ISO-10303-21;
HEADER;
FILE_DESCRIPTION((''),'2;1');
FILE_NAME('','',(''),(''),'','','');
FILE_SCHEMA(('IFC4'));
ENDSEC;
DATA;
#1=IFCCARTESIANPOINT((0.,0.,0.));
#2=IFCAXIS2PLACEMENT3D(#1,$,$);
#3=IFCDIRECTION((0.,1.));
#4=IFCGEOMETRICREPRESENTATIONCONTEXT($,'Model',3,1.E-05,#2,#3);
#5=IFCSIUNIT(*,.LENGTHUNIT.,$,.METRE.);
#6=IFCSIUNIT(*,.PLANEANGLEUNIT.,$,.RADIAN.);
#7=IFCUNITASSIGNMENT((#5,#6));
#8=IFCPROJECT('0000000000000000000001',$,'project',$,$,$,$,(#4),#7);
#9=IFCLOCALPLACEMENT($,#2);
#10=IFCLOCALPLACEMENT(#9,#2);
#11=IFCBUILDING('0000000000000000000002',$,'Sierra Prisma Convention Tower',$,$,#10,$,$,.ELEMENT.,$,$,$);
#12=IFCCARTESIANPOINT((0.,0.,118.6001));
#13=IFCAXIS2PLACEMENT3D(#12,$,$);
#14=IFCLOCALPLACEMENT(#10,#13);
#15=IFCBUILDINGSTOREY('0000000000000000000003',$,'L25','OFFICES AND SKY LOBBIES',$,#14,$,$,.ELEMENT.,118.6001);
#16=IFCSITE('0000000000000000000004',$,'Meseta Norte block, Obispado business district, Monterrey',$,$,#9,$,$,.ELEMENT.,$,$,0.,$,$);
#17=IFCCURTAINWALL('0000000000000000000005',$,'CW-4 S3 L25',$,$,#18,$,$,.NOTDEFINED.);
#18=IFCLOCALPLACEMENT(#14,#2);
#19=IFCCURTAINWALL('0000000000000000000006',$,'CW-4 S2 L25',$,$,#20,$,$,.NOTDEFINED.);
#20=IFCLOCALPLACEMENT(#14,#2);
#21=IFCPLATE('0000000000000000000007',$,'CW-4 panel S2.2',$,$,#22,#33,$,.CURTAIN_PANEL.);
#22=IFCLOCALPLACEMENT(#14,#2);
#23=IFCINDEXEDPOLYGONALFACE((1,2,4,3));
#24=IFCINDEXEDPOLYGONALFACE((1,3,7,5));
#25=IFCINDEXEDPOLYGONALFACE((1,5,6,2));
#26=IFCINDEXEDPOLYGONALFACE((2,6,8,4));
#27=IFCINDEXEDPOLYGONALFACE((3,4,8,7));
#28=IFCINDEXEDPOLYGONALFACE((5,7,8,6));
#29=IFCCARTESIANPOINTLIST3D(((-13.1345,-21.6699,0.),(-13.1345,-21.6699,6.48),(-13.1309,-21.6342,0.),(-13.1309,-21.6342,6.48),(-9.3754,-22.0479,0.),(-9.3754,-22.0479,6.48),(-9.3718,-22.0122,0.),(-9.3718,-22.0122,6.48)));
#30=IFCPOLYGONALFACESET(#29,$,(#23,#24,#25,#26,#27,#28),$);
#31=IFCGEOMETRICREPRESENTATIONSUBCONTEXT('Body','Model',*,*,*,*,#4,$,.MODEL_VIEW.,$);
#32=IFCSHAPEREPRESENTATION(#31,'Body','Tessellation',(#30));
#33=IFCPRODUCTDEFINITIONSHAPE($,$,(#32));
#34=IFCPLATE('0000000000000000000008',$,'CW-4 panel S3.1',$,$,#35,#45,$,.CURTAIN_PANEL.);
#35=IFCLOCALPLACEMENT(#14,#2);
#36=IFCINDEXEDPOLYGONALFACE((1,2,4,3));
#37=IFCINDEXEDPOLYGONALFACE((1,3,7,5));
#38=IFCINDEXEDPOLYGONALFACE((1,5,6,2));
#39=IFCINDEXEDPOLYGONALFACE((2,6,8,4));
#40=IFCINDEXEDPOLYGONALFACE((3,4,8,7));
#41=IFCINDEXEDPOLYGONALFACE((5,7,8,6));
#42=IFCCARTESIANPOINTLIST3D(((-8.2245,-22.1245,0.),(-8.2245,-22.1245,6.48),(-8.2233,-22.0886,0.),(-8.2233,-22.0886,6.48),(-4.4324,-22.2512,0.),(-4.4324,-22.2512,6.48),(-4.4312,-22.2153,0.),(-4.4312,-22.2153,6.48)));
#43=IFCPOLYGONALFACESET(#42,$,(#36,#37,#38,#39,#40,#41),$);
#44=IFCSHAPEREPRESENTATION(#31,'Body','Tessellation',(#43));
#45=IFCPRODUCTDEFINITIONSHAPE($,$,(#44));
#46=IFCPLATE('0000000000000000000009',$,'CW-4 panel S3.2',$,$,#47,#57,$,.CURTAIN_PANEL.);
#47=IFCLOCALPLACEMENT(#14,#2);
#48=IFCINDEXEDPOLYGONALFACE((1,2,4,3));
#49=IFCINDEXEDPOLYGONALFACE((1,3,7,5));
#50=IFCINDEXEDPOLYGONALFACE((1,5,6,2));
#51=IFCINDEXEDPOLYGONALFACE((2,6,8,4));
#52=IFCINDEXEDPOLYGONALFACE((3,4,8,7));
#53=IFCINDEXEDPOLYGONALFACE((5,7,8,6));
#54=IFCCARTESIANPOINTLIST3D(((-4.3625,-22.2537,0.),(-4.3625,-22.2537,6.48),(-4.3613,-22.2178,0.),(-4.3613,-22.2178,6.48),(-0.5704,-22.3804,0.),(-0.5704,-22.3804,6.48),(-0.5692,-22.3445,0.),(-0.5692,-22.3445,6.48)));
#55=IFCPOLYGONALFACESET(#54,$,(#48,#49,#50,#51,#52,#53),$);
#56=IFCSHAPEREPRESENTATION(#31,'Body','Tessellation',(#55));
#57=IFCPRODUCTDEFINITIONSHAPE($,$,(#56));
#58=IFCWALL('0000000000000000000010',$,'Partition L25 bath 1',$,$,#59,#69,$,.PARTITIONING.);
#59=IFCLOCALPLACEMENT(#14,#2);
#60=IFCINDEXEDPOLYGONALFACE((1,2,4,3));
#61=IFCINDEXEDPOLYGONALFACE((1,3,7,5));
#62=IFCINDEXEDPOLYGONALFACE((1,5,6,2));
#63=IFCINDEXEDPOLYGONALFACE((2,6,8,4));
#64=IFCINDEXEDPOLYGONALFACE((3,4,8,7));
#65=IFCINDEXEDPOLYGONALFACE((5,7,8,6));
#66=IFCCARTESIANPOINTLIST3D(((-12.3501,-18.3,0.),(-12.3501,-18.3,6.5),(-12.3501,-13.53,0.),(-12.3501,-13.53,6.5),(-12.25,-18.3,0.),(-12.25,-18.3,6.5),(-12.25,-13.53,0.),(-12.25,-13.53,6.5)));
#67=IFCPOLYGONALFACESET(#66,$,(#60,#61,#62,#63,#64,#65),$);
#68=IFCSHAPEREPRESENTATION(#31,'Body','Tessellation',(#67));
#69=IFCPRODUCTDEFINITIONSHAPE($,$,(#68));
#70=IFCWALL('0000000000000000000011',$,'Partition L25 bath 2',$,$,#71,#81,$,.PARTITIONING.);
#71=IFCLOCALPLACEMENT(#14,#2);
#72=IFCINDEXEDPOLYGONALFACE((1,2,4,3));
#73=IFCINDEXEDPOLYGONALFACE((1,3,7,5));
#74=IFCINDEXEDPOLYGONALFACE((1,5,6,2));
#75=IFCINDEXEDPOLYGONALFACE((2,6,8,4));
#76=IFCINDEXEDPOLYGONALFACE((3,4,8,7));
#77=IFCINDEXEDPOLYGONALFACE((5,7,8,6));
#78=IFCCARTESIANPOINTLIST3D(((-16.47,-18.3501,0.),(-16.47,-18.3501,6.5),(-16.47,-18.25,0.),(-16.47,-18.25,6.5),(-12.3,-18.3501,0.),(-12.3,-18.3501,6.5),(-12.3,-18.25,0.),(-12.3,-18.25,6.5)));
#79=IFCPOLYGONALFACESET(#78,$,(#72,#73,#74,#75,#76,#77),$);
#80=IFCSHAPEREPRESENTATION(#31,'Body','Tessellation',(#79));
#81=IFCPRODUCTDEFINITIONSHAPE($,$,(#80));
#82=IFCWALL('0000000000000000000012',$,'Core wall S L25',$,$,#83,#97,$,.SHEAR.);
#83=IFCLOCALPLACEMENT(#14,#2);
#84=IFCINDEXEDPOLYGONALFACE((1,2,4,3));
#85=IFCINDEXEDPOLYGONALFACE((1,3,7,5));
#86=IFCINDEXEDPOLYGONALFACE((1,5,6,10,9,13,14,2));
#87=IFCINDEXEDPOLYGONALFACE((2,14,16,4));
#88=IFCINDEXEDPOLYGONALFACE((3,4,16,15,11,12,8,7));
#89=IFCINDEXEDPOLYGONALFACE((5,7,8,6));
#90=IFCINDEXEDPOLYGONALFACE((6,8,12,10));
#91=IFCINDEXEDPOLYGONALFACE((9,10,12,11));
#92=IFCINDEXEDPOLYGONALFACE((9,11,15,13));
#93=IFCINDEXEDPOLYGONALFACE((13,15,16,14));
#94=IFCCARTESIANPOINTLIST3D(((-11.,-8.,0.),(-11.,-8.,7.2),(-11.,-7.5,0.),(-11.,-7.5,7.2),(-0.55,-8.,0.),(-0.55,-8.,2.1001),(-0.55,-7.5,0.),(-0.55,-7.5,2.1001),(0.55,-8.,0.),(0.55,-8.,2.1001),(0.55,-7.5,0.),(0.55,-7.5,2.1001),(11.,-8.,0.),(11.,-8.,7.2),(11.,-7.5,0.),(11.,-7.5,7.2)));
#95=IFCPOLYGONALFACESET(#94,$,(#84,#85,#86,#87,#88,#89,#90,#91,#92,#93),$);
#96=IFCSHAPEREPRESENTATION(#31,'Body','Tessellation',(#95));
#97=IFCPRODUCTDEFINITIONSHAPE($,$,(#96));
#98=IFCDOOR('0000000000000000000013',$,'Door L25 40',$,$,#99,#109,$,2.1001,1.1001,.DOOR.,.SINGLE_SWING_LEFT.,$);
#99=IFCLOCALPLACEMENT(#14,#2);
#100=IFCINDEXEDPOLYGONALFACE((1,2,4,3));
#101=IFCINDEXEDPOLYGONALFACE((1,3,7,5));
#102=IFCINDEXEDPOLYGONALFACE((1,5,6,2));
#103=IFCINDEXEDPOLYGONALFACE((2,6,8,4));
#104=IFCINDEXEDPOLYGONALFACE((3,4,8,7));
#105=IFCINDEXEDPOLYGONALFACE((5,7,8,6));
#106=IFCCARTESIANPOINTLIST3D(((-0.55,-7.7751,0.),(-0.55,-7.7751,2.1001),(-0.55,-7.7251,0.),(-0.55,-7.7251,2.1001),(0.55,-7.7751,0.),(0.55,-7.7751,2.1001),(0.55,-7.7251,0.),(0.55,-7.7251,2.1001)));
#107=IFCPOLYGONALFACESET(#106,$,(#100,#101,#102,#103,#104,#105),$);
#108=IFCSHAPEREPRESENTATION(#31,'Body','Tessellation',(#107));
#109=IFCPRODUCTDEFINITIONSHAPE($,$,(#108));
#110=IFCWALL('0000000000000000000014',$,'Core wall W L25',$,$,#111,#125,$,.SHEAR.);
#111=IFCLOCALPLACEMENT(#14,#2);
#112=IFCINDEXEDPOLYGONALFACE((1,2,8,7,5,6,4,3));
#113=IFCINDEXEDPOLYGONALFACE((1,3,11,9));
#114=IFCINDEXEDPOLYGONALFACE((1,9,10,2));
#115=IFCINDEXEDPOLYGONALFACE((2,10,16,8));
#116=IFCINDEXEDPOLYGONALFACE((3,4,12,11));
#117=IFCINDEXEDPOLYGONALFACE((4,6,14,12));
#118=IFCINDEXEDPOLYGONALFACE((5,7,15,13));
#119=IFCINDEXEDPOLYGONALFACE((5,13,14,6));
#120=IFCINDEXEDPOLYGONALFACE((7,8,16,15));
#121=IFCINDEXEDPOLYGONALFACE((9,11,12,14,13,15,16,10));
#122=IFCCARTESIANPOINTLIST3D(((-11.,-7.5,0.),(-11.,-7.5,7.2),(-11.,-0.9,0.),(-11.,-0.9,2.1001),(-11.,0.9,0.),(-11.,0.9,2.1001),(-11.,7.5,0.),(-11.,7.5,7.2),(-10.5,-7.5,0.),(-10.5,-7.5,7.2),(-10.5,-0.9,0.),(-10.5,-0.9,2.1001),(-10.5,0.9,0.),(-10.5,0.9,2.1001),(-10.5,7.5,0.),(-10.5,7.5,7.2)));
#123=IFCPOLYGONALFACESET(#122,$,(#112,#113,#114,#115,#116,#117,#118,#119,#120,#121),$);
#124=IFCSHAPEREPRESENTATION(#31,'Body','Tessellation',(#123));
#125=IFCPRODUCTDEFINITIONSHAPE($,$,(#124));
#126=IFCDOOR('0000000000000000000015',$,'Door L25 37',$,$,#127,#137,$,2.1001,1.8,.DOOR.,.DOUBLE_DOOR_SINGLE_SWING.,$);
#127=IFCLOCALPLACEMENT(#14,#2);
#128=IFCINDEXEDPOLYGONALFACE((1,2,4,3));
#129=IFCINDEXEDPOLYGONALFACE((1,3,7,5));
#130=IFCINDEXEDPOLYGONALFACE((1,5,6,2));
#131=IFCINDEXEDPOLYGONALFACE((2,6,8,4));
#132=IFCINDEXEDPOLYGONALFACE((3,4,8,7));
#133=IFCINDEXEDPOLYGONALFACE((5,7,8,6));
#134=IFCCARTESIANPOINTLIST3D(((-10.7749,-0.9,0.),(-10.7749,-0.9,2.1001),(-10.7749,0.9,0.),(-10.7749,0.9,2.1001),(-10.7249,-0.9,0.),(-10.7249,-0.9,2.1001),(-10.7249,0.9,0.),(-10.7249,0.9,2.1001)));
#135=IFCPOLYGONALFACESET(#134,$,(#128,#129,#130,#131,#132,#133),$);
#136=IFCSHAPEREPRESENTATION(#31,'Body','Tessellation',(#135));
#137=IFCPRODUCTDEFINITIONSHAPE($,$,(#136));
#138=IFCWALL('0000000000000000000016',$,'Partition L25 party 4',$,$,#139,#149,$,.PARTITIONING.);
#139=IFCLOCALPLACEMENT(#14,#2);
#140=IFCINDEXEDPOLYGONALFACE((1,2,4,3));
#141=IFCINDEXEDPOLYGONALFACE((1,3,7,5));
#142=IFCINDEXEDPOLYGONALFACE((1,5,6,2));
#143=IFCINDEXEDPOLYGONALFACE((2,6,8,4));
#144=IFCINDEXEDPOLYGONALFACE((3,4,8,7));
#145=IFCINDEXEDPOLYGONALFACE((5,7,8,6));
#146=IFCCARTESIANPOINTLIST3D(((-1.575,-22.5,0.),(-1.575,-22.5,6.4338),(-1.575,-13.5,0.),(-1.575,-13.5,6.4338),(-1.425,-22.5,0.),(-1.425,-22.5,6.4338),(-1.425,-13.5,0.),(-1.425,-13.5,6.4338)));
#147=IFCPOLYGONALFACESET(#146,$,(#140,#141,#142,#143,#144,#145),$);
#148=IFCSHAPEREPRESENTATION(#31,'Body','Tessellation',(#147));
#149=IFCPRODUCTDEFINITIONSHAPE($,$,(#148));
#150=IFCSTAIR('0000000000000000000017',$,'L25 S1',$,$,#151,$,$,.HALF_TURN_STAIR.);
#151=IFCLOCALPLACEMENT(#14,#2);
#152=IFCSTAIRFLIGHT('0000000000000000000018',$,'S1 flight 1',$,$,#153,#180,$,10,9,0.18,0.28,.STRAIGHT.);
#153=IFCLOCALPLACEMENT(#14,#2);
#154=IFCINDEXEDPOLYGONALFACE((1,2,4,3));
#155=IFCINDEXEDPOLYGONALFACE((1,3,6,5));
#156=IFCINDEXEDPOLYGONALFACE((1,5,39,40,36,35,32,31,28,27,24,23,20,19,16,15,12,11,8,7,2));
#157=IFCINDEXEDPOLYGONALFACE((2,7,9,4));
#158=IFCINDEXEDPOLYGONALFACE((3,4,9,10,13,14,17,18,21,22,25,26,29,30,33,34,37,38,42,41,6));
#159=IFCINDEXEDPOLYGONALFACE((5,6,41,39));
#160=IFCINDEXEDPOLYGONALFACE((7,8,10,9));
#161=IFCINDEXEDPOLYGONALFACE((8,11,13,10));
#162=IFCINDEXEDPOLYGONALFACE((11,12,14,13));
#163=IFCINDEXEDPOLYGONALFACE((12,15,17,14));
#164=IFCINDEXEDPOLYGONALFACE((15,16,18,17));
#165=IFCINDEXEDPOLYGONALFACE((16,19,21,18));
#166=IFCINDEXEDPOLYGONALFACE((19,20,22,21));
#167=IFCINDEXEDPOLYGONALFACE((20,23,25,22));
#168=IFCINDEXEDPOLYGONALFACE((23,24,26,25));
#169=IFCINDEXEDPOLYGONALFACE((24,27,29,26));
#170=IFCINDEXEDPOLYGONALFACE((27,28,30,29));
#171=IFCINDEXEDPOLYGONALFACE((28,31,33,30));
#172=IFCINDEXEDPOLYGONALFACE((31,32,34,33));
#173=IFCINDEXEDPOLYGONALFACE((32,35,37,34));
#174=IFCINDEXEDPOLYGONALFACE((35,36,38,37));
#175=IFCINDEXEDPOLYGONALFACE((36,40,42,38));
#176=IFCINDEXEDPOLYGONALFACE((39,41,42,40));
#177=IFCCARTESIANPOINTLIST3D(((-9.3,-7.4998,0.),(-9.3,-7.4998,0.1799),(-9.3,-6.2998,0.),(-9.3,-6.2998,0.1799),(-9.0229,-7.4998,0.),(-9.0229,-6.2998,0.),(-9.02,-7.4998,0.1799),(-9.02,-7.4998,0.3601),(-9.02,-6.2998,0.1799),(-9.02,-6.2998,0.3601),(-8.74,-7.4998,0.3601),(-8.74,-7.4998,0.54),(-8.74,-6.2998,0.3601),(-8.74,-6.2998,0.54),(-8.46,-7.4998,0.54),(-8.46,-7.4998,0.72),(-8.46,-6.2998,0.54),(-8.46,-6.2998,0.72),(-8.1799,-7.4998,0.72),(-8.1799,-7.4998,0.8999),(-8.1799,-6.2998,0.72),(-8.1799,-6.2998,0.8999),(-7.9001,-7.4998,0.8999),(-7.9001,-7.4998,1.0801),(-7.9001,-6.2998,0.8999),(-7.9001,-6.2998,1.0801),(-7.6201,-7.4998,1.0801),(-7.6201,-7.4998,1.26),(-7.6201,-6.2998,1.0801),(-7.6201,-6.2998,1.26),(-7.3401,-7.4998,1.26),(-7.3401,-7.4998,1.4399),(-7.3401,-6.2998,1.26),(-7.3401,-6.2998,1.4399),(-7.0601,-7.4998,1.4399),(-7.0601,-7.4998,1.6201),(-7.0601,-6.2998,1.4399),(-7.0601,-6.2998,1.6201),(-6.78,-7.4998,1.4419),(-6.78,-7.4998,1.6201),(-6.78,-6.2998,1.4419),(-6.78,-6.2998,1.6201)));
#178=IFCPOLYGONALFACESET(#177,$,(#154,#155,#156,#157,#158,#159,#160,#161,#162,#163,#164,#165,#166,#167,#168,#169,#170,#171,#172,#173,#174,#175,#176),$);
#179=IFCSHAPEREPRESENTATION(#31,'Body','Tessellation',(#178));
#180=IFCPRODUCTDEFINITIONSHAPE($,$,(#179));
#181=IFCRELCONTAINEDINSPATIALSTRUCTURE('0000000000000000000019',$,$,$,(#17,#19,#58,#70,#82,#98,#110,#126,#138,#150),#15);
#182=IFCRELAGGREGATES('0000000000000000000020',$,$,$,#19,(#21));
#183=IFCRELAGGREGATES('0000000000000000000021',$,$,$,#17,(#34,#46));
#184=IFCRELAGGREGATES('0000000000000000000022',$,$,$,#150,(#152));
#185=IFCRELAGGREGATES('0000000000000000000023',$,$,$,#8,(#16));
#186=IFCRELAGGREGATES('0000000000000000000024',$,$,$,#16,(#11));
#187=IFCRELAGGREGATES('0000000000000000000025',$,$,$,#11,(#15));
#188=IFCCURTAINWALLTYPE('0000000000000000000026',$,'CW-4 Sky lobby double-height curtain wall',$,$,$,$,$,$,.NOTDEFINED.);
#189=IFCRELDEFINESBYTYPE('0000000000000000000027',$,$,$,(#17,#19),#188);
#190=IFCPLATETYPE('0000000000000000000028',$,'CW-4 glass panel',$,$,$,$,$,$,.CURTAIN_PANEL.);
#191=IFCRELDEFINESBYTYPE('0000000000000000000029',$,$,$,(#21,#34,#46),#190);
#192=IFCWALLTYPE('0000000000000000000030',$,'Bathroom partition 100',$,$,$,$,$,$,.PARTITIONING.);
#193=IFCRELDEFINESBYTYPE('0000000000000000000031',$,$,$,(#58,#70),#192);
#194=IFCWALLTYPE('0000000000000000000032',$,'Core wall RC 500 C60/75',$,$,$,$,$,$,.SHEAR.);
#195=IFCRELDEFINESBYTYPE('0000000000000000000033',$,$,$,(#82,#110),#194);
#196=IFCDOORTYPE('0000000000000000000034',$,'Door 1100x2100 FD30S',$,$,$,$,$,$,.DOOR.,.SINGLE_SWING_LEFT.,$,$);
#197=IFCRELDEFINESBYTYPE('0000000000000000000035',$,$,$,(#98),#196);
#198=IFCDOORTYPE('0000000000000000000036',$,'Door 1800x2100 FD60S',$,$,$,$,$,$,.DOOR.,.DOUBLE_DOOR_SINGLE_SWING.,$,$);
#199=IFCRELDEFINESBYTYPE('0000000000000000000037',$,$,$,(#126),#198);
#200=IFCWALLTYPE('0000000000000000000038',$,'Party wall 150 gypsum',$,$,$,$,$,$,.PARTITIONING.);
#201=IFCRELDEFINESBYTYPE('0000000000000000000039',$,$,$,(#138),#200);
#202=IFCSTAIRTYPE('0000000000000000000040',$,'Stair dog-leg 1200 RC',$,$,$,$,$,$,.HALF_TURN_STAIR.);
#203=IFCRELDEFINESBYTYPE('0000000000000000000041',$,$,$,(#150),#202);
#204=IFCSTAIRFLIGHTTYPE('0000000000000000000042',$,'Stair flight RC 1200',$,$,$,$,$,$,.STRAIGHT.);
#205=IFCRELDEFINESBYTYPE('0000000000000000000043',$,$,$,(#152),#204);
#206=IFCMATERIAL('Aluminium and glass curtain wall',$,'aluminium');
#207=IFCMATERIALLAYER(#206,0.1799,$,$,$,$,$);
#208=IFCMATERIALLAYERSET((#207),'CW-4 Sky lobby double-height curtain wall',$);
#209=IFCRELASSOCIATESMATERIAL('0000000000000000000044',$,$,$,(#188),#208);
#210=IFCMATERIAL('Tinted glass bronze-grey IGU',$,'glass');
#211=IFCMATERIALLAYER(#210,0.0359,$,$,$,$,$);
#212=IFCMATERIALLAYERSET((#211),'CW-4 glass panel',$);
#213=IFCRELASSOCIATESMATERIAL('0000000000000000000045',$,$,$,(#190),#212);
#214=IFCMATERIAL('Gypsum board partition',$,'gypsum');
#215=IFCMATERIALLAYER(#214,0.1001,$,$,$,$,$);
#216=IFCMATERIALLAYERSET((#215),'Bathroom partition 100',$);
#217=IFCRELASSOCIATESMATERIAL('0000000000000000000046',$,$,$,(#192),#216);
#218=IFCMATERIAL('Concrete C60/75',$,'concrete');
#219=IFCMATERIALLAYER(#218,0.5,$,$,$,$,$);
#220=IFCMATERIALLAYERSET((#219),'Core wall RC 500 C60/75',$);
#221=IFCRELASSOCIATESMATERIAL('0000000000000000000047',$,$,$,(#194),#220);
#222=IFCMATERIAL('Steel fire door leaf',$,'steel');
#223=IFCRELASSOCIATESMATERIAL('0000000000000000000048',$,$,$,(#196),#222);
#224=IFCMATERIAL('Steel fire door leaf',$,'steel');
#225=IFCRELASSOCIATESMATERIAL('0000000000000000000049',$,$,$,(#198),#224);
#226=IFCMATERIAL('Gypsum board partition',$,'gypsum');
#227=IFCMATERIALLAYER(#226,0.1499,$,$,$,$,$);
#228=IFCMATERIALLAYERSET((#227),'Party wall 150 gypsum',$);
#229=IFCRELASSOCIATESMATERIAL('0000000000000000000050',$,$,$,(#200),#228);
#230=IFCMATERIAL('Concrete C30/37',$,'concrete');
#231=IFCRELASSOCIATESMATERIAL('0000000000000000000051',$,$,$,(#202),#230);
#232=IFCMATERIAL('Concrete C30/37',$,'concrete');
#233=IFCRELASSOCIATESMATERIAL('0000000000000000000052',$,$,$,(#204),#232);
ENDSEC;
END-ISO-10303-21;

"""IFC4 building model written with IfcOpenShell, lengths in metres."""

from ifc_helpers import new_model, si_unit, direction, frame, frame_2d, origin, origin_2d, place, context, subcontext, project, spatial, polyline, rectangle, outline, extrude, material, layer, layer_set, type_object, element, fill, aggregate, save


model = new_model("IFC4")

# Units and contexts
model_context = context("Model", 3, precision=1e-05, world=origin(), true_north=direction((0.0, 1.0)))
body_context = subcontext(model_context, "Body", "Model", "MODEL_VIEW")
ifc_project = project(units=[si_unit("LENGTHUNIT", "METRE"), si_unit("PLANEANGLEUNIT", "RADIAN")], contexts=[model_context])

# Site, building, storey
site_placement = place(None, origin())
site = spatial("IfcSite", under=ifc_project, at=site_placement, Name="Meseta Norte block, Obispado business district, Monterrey", CompositionType="ELEMENT", RefElevation=0.0)
building_placement = place(site_placement, origin())
building = spatial("IfcBuilding", under=site, at=building_placement, Name="Sierra Prisma Convention Tower", CompositionType="ELEMENT")
storey_placement = place(building_placement, frame((0.0, 0.0, 118.6001)))
storey = spatial("IfcBuildingStorey", under=building, at=storey_placement, Name="L25", Description="OFFICES AND SKY LOBBIES", CompositionType="ELEMENT", Elevation=118.6001)

# Curtain wall
ifc_material_1 = material(Name="Aluminium and glass curtain wall", Category="aluminium")
ifc_layer_1 = layer(ifc_material_1, 0.1799)
ifc_layer_set_1 = layer_set([ifc_layer_1], Name="CW-4 Sky lobby double-height curtain wall")
curtain_wall_type = type_object("IfcCurtainWallType", Name="CW-4 Sky lobby double-height curtain wall", PredefinedType="NOTDEFINED", material=ifc_layer_set_1)
curtain_wall_1_placement = place(storey_placement, origin())
curtain_wall_1 = element("IfcCurtainWall", 1, at=curtain_wall_1_placement, inside=storey, type_object=curtain_wall_type, Name="CW-4 S3 L25", PredefinedType="NOTDEFINED")

# Curtain wall, plate
curtain_wall_2_placement = place(storey_placement, origin())
curtain_wall_2 = element("IfcCurtainWall", 2, at=curtain_wall_2_placement, inside=storey, type_object=curtain_wall_type, Name="CW-4 S2 L25", PredefinedType="NOTDEFINED")
ifc_material_2 = material(Name="Tinted glass bronze-grey IGU", Category="glass")
ifc_layer_2 = layer(ifc_material_2, 0.0359)
ifc_layer_set_2 = layer_set([ifc_layer_2], Name="CW-4 glass panel")
plate_type = type_object("IfcPlateType", Name="CW-4 glass panel", PredefinedType="CURTAIN_PANEL", material=ifc_layer_set_2)
plate_1_placement = place(storey_placement, frame((-11.2532, -21.8411, 0.0), z_axis=(0.0, 0.0, 1.0), x_axis=(0.994984, -0.100037, 0.0)))
plate_1 = element("IfcPlate", 3, at=plate_1_placement, type_object=plate_type, Name="CW-4 panel S2.2", PredefinedType="CURTAIN_PANEL", context=body_context, shape_type="SweptSolid", body=[
    extrude(rectangle(XDim=3.7781, YDim=0.0359, at=origin_2d()), origin(), (0.0, 0.0, 1.0), 6.48),
])
aggregate(curtain_wall_2, [plate_1])

# Plates
plate_2_placement = place(storey_placement, frame((-6.3279, -22.1699, 0.0), z_axis=(0.0, 0.0, 1.0), x_axis=(0.999442, -0.033395, 0.0)))
plate_2 = element("IfcPlate", 4, at=plate_2_placement, type_object=plate_type, Name="CW-4 panel S3.1", PredefinedType="CURTAIN_PANEL", context=body_context, shape_type="SweptSolid", body=[
    extrude(rectangle(XDim=3.7942, YDim=0.0359, at=origin_2d()), origin(), (0.0, 0.0, 1.0), 6.48),
])
plate_3_placement = place(storey_placement, frame((-2.4658, -22.2991, 0.0), z_axis=(0.0, 0.0, 1.0), x_axis=(0.999442, -0.033395, 0.0)))
plate_3 = element("IfcPlate", 5, at=plate_3_placement, type_object=plate_type, Name="CW-4 panel S3.2", PredefinedType="CURTAIN_PANEL", context=body_context, shape_type="SweptSolid", body=[
    extrude(rectangle(XDim=3.7942, YDim=0.0359, at=origin_2d()), origin(), (0.0, 0.0, 1.0), 6.48),
])
aggregate(curtain_wall_1, [plate_2, plate_3])

# Walls
ifc_material_3 = material(Name="Gypsum board partition", Category="gypsum")
ifc_layer_3 = layer(ifc_material_3, 0.1001)
ifc_layer_set_3 = layer_set([ifc_layer_3], Name="Bathroom partition 100")
wall_type_1 = type_object("IfcWallType", Name="Bathroom partition 100", PredefinedType="PARTITIONING", material=ifc_layer_set_3)
wall_1_placement = place(storey_placement, frame((-12.3, -13.53, 0.0), z_axis=(0.0, 0.0, 1.0), x_axis=(0.0, -1.0, 0.0)))
element("IfcWall", 6, at=wall_1_placement, inside=storey, type_object=wall_type_1, Name="Partition L25 bath 1", PredefinedType="PARTITIONING", context=body_context, shape_type="SweptSolid", body=[
    extrude(rectangle(XDim=4.77, YDim=0.1001, at=frame_2d((2.385, 0.0))), origin(), (0.0, 0.0, 1.0), 6.5),
])
wall_2_placement = place(storey_placement, frame((-12.3, -18.3, 0.0), z_axis=(0.0, 0.0, 1.0), x_axis=(-1.0, 0.0, 0.0)))
element("IfcWall", 7, at=wall_2_placement, inside=storey, type_object=wall_type_1, Name="Partition L25 bath 2", PredefinedType="PARTITIONING", context=body_context, shape_type="SweptSolid", body=[
    extrude(rectangle(XDim=4.1699, YDim=0.1001, at=frame_2d((2.085, 0.0))), origin(), (0.0, 0.0, 1.0), 6.5),
])

# Walls, openings, doors
ifc_material_4 = material(Name="Concrete C60/75", Category="concrete")
ifc_layer_4 = layer(ifc_material_4, 0.5)
ifc_layer_set_4 = layer_set([ifc_layer_4], Name="Core wall RC 500 C60/75")
wall_type_2 = type_object("IfcWallType", Name="Core wall RC 500 C60/75", PredefinedType="SHEAR", material=ifc_layer_set_4)
wall_3_placement = place(storey_placement, frame((-11.0, -7.75, 0.0), z_axis=(0.0, 0.0, 1.0), x_axis=(1.0, 0.0, 0.0)))
wall_3 = element("IfcWall", 8, at=wall_3_placement, inside=storey, type_object=wall_type_2, Name="Core wall S L25", PredefinedType="SHEAR", context=body_context, shape_type="SweptSolid", body=[
    extrude(rectangle(XDim=22.0, YDim=0.5, at=frame_2d((11.0, 0.0))), origin(), (0.0, 0.0, 1.0), 7.2),
])
opening_1_placement = place(wall_3_placement, frame((10.45, 0.0, 0.0)))
opening_1 = element("IfcOpeningElement", 9, at=opening_1_placement, cuts=wall_3, PredefinedType="OPENING", context=body_context, shape_type="SweptSolid", body=[
    extrude(rectangle(XDim=1.1001, YDim=2.1001, at=frame_2d((0.55, 1.05))), frame((0.0, 0.25, 0.0), z_axis=(0.0, -1.0, 0.0), x_axis=(1.0, 0.0, 0.0)), (0.0, 0.0, 1.0), 0.5),
])
ifc_material_5 = material(Name="Steel fire door leaf", Category="steel")
door_type_1 = type_object("IfcDoorType", Name="Door 1100x2100 FD30S", OperationType="SINGLE_SWING_LEFT", PredefinedType="DOOR", material=ifc_material_5)
door_1_placement = place(opening_1_placement, origin())
door_1 = element("IfcDoor", 10, at=door_1_placement, inside=storey, type_object=door_type_1, Name="Door L25 40", OperationType="SINGLE_SWING_LEFT", OverallHeight=2.1001, OverallWidth=1.1001, PredefinedType="DOOR", context=body_context, shape_type="SweptSolid", body=[
    extrude(rectangle(XDim=1.1001, YDim=2.1001, at=frame_2d((0.55, 1.05))), frame((0.0, 0.0249, 0.0), z_axis=(0.0, -1.0, 0.0), x_axis=(1.0, 0.0, 0.0)), (0.0, 0.0, 1.0), 0.05),
])
fill(opening_1, door_1)
wall_4_placement = place(storey_placement, frame((-10.75, -7.5, 0.0), z_axis=(0.0, 0.0, 1.0), x_axis=(0.0, 1.0, 0.0)))
wall_4 = element("IfcWall", 11, at=wall_4_placement, inside=storey, type_object=wall_type_2, Name="Core wall W L25", PredefinedType="SHEAR", context=body_context, shape_type="SweptSolid", body=[
    extrude(rectangle(XDim=15.0, YDim=0.5, at=frame_2d((7.5, 0.0))), origin(), (0.0, 0.0, 1.0), 7.2),
])
opening_2_placement = place(wall_4_placement, frame((6.6001, 0.0, 0.0)))
opening_2 = element("IfcOpeningElement", 12, at=opening_2_placement, cuts=wall_4, PredefinedType="OPENING", context=body_context, shape_type="SweptSolid", body=[
    extrude(rectangle(XDim=1.8, YDim=2.1001, at=frame_2d((0.8999, 1.05))), frame((0.0, 0.25, 0.0), z_axis=(0.0, -1.0, 0.0), x_axis=(1.0, 0.0, 0.0)), (0.0, 0.0, 1.0), 0.5),
])
ifc_material_6 = material(Name="Steel fire door leaf", Category="steel")
door_type_2 = type_object("IfcDoorType", Name="Door 1800x2100 FD60S", OperationType="DOUBLE_DOOR_SINGLE_SWING", PredefinedType="DOOR", material=ifc_material_6)
door_2_placement = place(opening_2_placement, origin())
door_2 = element("IfcDoor", 13, at=door_2_placement, inside=storey, type_object=door_type_2, Name="Door L25 37", OperationType="DOUBLE_DOOR_SINGLE_SWING", OverallHeight=2.1001, OverallWidth=1.8, PredefinedType="DOOR", context=body_context, shape_type="SweptSolid", body=[
    extrude(rectangle(XDim=1.8, YDim=2.1001, at=frame_2d((0.8999, 1.05))), frame((0.0, 0.0249, 0.0), z_axis=(0.0, -1.0, 0.0), x_axis=(1.0, 0.0, 0.0)), (0.0, 0.0, 1.0), 0.05),
])
fill(opening_2, door_2)

# Wall
ifc_material_7 = material(Name="Gypsum board partition", Category="gypsum")
ifc_layer_5 = layer(ifc_material_7, 0.1499)
ifc_layer_set_5 = layer_set([ifc_layer_5], Name="Party wall 150 gypsum")
wall_type_3 = type_object("IfcWallType", Name="Party wall 150 gypsum", PredefinedType="PARTITIONING", material=ifc_layer_set_5)
wall_5_placement = place(storey_placement, frame((-1.5, -13.5, 0.0), z_axis=(0.0, 0.0, 1.0), x_axis=(0.0, -1.0, 0.0)))
element("IfcWall", 14, at=wall_5_placement, inside=storey, type_object=wall_type_3, Name="Partition L25 party 4", PredefinedType="PARTITIONING", context=body_context, shape_type="SweptSolid", body=[
    extrude(rectangle(XDim=9.0, YDim=0.1499, at=frame_2d((4.5, 0.0))), origin(), (0.0, 0.0, 1.0), 6.4338),
])

# Stair, stair flight
ifc_material_8 = material(Name="Concrete C30/37", Category="concrete")
stair_type = type_object("IfcStairType", Name="Stair dog-leg 1200 RC", PredefinedType="HALF_TURN_STAIR", material=ifc_material_8)
stair_placement = place(storey_placement, origin())
stair = element("IfcStair", 15, at=stair_placement, inside=storey, type_object=stair_type, Name="L25 S1", PredefinedType="HALF_TURN_STAIR")
ifc_material_9 = material(Name="Concrete C30/37", Category="concrete")
stair_flight_type = type_object("IfcStairFlightType", Name="Stair flight RC 1200", PredefinedType="STRAIGHT", material=ifc_material_9)
stair_flight_1_placement = place(storey_placement, frame((-9.3, -6.8999, 0.0), z_axis=(0.0, 0.0, 1.0), x_axis=(1.0, 0.0, 0.0)))
stair_flight_1 = element("IfcStairFlight", 16, at=stair_flight_1_placement, type_object=stair_flight_type, Name="S1 flight 1", NumberOfRisers=10, NumberOfTreads=9, PredefinedType="STRAIGHT", RiserHeight=0.18, TreadLength=0.28, context=body_context, shape_type="SweptSolid", body=[
    extrude(outline(polyline([(0.0, 0.0), (0.0, 0.1799), (0.28, 0.1799), (0.28, 0.3601), (0.5601, 0.3601), (0.5601, 0.54), (0.8401, 0.54), (0.8401, 0.72), (1.1201, 0.72), (1.1201, 0.8999), (1.3999, 0.8999), (1.3999, 1.0801), (1.6799, 1.0801), (1.6799, 1.26), (1.96, 1.26), (1.96, 1.4399), (2.24, 1.4399), (2.24, 1.6201), (2.52, 1.6201), (2.52, 1.8), (2.52, 1.4419), (0.2771, 0.0), (0.0, 0.0)])), frame((0.0, 0.6001, 0.0), z_axis=(0.0, -1.0, 0.0), x_axis=(1.0, 0.0, 0.0)), (0.0, 0.0, 1.0), 1.2),
])
aggregate(stair, [stair_flight_1])

save(model, "model.ifc")
